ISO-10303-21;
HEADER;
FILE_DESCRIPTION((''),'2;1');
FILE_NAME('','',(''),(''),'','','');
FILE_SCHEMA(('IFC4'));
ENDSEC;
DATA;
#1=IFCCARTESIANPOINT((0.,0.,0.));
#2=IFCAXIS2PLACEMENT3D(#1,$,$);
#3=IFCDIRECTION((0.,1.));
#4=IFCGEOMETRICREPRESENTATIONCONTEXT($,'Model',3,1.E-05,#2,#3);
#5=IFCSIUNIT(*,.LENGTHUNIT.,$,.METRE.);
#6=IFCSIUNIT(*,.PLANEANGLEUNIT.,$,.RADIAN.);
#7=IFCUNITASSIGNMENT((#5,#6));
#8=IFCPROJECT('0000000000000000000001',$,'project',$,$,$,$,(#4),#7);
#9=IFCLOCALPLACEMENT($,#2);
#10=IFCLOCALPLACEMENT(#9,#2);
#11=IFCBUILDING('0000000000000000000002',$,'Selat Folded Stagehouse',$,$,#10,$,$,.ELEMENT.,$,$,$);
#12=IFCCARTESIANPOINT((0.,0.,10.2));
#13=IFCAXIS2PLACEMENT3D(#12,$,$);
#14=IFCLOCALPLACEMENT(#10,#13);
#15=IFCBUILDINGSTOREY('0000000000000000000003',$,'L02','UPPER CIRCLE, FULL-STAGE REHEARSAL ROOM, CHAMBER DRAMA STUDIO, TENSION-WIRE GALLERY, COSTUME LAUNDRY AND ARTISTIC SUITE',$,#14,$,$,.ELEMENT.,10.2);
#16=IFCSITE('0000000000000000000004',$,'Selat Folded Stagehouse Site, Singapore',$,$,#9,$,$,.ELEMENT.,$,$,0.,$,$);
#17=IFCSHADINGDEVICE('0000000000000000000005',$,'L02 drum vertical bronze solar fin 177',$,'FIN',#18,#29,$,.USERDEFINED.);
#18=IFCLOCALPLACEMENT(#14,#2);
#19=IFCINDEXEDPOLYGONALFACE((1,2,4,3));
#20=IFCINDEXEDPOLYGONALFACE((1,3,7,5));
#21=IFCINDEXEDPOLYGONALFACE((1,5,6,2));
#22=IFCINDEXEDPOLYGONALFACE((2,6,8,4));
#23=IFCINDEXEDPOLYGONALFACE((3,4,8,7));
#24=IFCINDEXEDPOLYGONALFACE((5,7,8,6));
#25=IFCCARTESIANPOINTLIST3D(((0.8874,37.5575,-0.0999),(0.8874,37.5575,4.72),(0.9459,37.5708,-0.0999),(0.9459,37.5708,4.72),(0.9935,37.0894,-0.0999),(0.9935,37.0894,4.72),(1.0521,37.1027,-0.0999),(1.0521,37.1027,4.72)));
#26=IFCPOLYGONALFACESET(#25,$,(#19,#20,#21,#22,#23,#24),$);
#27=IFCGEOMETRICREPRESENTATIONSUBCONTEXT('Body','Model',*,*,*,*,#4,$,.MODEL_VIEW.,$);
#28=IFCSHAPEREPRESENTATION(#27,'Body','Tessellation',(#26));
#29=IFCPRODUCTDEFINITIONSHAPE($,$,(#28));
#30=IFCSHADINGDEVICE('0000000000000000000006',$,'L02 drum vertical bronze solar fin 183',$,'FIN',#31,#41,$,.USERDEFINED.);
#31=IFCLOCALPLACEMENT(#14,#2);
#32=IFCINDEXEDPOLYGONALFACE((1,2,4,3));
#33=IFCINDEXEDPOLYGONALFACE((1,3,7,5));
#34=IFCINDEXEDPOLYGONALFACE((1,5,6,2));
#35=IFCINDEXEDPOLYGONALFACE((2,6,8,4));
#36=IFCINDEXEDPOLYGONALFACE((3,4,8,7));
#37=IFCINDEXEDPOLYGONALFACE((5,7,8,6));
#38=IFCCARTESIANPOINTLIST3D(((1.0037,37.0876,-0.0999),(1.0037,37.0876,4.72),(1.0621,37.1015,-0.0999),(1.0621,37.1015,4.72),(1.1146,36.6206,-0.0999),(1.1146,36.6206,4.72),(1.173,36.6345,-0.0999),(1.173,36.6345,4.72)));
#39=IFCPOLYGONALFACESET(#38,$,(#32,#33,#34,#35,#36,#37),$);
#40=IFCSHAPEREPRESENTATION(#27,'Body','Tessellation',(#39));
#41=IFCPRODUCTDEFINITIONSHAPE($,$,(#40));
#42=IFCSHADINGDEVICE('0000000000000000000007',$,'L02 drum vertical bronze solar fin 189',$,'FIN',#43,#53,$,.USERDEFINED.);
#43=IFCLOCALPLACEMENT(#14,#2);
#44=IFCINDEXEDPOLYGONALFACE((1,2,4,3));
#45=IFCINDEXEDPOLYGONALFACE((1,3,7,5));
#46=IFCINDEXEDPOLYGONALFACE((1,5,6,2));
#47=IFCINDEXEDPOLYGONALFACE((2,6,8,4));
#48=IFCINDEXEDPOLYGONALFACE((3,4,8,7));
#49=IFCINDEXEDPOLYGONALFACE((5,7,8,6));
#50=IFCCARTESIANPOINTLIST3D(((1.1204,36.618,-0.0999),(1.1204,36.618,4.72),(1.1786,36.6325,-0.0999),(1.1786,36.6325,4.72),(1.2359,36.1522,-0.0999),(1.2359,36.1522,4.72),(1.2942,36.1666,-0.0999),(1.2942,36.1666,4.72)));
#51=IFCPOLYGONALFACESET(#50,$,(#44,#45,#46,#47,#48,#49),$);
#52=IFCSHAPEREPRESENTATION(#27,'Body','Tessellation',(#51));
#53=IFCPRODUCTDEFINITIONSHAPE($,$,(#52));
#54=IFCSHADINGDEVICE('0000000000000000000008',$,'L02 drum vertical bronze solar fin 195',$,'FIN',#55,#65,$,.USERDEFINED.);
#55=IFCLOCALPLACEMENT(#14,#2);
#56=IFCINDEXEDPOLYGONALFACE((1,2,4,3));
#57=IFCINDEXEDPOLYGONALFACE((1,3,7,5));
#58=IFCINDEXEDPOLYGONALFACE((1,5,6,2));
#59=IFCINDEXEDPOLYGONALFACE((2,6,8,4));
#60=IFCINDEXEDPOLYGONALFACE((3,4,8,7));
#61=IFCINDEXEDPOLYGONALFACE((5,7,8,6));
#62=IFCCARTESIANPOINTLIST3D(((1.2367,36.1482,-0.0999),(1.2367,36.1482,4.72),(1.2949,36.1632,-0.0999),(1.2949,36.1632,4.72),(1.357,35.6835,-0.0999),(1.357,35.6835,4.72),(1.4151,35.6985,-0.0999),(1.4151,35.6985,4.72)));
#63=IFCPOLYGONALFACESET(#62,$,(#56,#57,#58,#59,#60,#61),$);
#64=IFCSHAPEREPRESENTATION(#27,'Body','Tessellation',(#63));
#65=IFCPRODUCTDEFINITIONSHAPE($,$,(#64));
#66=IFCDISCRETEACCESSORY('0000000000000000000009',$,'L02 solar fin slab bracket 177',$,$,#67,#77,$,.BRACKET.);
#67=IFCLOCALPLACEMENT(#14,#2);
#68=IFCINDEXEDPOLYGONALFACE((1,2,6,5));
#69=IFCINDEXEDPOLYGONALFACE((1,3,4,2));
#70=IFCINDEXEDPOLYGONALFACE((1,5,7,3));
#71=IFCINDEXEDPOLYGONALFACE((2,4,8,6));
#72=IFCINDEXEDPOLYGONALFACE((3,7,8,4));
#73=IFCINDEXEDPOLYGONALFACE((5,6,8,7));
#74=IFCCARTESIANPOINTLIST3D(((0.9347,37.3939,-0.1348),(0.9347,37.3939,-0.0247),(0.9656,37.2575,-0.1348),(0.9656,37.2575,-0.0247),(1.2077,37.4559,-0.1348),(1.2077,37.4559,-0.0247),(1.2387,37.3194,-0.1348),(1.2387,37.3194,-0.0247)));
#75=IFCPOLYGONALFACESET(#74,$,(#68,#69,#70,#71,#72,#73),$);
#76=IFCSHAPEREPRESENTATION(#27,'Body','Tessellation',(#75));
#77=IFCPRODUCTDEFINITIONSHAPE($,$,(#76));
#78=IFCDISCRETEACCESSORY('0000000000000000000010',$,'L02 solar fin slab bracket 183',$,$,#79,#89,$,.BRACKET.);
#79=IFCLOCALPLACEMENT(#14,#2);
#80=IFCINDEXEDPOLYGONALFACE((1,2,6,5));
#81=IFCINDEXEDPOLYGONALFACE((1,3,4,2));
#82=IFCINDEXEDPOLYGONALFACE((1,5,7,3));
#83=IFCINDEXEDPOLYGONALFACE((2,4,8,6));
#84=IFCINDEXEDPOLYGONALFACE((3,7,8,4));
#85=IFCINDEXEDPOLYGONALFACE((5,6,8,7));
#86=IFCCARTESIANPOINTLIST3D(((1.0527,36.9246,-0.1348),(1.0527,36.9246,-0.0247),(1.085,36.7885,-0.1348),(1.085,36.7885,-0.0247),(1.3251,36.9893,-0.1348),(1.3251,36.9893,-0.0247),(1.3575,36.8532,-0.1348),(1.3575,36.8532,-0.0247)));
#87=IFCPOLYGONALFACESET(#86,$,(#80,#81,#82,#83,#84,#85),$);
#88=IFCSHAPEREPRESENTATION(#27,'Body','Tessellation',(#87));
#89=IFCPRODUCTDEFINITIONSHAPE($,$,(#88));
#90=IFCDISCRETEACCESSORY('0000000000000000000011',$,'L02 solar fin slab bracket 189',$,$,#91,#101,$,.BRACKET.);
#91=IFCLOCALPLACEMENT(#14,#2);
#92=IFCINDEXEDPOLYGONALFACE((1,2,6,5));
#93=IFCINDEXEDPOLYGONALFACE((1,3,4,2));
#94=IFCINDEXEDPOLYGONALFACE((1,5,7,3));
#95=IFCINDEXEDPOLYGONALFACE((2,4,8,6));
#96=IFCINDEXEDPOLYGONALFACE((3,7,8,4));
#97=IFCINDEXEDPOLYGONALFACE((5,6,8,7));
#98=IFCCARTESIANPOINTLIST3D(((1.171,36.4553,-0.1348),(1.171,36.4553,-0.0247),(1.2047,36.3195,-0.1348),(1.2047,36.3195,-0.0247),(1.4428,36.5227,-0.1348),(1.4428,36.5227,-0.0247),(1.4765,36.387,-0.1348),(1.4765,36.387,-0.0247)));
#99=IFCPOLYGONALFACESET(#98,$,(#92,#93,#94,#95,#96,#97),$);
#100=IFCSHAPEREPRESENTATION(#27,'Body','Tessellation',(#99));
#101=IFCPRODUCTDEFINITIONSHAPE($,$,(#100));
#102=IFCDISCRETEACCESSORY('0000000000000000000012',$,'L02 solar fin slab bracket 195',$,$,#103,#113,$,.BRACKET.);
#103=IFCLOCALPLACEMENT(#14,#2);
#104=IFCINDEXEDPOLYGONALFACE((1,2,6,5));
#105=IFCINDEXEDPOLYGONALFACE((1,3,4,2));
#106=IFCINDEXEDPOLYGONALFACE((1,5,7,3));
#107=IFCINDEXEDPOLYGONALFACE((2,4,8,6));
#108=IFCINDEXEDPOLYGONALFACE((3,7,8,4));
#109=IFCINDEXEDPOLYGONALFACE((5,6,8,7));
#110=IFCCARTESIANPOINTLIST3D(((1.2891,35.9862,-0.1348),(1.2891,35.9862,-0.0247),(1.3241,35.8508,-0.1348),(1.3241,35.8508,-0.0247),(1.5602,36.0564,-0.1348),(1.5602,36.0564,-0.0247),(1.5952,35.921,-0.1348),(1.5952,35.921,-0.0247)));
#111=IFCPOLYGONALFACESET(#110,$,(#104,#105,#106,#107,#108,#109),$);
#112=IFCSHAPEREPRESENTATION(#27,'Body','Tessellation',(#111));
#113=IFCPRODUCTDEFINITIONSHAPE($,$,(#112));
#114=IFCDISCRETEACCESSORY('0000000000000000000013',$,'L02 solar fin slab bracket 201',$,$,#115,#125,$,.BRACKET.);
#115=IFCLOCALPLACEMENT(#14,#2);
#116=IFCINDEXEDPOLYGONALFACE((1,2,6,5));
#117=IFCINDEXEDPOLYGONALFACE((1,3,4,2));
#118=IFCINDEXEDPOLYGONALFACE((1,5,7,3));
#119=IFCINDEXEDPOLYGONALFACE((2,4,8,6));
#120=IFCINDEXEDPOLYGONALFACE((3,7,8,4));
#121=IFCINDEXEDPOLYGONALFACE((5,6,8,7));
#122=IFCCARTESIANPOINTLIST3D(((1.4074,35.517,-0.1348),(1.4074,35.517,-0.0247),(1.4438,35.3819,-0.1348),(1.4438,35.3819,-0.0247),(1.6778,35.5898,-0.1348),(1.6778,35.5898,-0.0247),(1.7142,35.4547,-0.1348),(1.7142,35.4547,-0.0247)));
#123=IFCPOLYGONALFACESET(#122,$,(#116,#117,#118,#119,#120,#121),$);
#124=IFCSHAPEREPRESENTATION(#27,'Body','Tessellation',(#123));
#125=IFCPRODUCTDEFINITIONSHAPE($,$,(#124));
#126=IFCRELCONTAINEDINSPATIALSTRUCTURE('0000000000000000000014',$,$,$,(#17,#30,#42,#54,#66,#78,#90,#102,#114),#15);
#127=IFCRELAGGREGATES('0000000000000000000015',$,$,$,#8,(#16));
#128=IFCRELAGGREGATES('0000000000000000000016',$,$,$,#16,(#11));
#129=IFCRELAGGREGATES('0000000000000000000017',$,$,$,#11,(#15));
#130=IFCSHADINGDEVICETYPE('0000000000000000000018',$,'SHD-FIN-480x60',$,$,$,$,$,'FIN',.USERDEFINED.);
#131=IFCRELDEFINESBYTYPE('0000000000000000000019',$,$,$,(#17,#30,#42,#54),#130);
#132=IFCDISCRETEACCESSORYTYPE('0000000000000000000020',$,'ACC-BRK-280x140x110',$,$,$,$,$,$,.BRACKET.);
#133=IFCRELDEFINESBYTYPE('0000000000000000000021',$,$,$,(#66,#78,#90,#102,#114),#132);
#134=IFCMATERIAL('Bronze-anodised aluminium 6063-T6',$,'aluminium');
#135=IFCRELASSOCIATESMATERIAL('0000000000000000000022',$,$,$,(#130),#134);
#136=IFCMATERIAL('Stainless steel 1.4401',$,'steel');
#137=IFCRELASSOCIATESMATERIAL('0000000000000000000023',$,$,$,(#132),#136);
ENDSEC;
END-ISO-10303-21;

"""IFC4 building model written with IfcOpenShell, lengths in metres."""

from ifc_helpers import new_model, si_unit, direction, frame, origin, origin_2d, place, context, subcontext, project, spatial, rectangle, extrude, material, material_profile, profile_set, type_object, element, save


model = new_model("IFC4")

# Units and contexts
model_context = context("Model", 3, precision=1e-05, world=origin(), true_north=direction((0.0, 1.0)))
body_context = subcontext(model_context, "Body", "Model", "MODEL_VIEW")
ifc_project = project(units=[si_unit("LENGTHUNIT", "METRE"), si_unit("PLANEANGLEUNIT", "RADIAN")], contexts=[model_context])

# Site, building, storey
site_placement = place(None, origin())
site = spatial("IfcSite", under=ifc_project, at=site_placement, Name="Selat Folded Stagehouse Site, Singapore", CompositionType="ELEMENT", RefElevation=0.0)
building_placement = place(site_placement, origin())
building = spatial("IfcBuilding", under=site, at=building_placement, Name="Selat Folded Stagehouse", CompositionType="ELEMENT")
storey_placement = place(building_placement, frame((0.0, 0.0, 10.2)))
storey = spatial("IfcBuildingStorey", under=building, at=storey_placement, Name="L02", Description="UPPER CIRCLE, FULL-STAGE REHEARSAL ROOM, CHAMBER DRAMA STUDIO, TENSION-WIRE GALLERY, COSTUME LAUNDRY AND ARTISTIC SUITE", CompositionType="ELEMENT", Elevation=10.2)

# Shading devices
ifc_material_1 = material(Name="Bronze-anodised aluminium 6063-T6", Category="aluminium")
ifc_material_profile_1 = material_profile(ifc_material_1, rectangle(XDim=0.0601, YDim=0.48, at=origin_2d()), Name="SOLAR-FIN 480x60")
ifc_profile_set_1 = profile_set([ifc_material_profile_1], Name="Bronze-anodised aluminium 6063-T6")
shading_device_type = type_object("IfcShadingDeviceType", Name="SHD-FIN-480x60", ElementType="FIN", PredefinedType="USERDEFINED", material=ifc_profile_set_1)
for number, where, z_axis, x_axis, name in (
    (1, (0.9697, 37.3301, -0.0999), (0.0, 0.0, 1.0), (-0.975227, -0.221208, 0.0), "L02 drum vertical bronze solar fin 177"),
    (2, (1.0884, 36.8611, -0.0999), (0.0, 0.0, 1.0), (-0.972937, -0.231069, 0.0), "L02 drum vertical bronze solar fin 183"),
    (3, (1.2073, 36.3923, -0.0999), (0.0, 0.0, 1.0), (-0.970591, -0.240736, 0.0), "L02 drum vertical bronze solar fin 189"),
    (4, (1.3259, 35.9233, -0.0999), (0.0, 0.0, 1.0), (-0.968104, -0.250549, 0.0), "L02 drum vertical bronze solar fin 195"),
):
    element("IfcShadingDevice", number, at=place(storey_placement, frame(where, z_axis=z_axis, x_axis=x_axis)), inside=storey, type_object=shading_device_type, Name=name, ObjectType="FIN", PredefinedType="USERDEFINED", context=body_context, shape_type="SweptSolid", body=[
        extrude(rectangle(XDim=0.0601, YDim=0.48, at=origin_2d()), origin(), (0.0, 0.0, 1.0), 4.8198),
    ])

# Discrete accessories
ifc_material_2 = material(Name="Stainless steel 1.4401", Category="steel")
discrete_accessory_type = type_object("IfcDiscreteAccessoryType", Name="ACC-BRK-280x140x110", PredefinedType="BRACKET", material=ifc_material_2)
for number, where, z_axis, x_axis, name in (
    (5, (1.0867, 37.3567, -0.1348), (0.0, 0.0, 1.0), (-0.975227, -0.221208, 0.0), "L02 solar fin slab bracket 177"),
    (6, (1.2051, 36.8889, -0.1348), (0.0, 0.0, 1.0), (-0.972937, -0.231069, 0.0), "L02 solar fin slab bracket 183"),
    (7, (1.3237, 36.4211, -0.1348), (0.0, 0.0, 1.0), (-0.970591, -0.240736, 0.0), "L02 solar fin slab bracket 189"),
    (8, (1.4421, 35.9536, -0.1348), (0.0, 0.0, 1.0), (-0.968104, -0.250549, 0.0), "L02 solar fin slab bracket 195"),
    (9, (1.5608, 35.4858, -0.1348), (0.0, 0.0, 1.0), (-0.965564, -0.260167, 0.0), "L02 solar fin slab bracket 201"),
):
    element("IfcDiscreteAccessory", number, at=place(storey_placement, frame(where, z_axis=z_axis, x_axis=x_axis)), inside=storey, type_object=discrete_accessory_type, Name=name, PredefinedType="BRACKET", context=body_context, shape_type="SweptSolid", body=[
        extrude(rectangle(XDim=0.28, YDim=0.1399, at=origin_2d()), origin(), (0.0, 0.0, 1.0), 0.1101),
    ])

save(model, "model.ifc")
